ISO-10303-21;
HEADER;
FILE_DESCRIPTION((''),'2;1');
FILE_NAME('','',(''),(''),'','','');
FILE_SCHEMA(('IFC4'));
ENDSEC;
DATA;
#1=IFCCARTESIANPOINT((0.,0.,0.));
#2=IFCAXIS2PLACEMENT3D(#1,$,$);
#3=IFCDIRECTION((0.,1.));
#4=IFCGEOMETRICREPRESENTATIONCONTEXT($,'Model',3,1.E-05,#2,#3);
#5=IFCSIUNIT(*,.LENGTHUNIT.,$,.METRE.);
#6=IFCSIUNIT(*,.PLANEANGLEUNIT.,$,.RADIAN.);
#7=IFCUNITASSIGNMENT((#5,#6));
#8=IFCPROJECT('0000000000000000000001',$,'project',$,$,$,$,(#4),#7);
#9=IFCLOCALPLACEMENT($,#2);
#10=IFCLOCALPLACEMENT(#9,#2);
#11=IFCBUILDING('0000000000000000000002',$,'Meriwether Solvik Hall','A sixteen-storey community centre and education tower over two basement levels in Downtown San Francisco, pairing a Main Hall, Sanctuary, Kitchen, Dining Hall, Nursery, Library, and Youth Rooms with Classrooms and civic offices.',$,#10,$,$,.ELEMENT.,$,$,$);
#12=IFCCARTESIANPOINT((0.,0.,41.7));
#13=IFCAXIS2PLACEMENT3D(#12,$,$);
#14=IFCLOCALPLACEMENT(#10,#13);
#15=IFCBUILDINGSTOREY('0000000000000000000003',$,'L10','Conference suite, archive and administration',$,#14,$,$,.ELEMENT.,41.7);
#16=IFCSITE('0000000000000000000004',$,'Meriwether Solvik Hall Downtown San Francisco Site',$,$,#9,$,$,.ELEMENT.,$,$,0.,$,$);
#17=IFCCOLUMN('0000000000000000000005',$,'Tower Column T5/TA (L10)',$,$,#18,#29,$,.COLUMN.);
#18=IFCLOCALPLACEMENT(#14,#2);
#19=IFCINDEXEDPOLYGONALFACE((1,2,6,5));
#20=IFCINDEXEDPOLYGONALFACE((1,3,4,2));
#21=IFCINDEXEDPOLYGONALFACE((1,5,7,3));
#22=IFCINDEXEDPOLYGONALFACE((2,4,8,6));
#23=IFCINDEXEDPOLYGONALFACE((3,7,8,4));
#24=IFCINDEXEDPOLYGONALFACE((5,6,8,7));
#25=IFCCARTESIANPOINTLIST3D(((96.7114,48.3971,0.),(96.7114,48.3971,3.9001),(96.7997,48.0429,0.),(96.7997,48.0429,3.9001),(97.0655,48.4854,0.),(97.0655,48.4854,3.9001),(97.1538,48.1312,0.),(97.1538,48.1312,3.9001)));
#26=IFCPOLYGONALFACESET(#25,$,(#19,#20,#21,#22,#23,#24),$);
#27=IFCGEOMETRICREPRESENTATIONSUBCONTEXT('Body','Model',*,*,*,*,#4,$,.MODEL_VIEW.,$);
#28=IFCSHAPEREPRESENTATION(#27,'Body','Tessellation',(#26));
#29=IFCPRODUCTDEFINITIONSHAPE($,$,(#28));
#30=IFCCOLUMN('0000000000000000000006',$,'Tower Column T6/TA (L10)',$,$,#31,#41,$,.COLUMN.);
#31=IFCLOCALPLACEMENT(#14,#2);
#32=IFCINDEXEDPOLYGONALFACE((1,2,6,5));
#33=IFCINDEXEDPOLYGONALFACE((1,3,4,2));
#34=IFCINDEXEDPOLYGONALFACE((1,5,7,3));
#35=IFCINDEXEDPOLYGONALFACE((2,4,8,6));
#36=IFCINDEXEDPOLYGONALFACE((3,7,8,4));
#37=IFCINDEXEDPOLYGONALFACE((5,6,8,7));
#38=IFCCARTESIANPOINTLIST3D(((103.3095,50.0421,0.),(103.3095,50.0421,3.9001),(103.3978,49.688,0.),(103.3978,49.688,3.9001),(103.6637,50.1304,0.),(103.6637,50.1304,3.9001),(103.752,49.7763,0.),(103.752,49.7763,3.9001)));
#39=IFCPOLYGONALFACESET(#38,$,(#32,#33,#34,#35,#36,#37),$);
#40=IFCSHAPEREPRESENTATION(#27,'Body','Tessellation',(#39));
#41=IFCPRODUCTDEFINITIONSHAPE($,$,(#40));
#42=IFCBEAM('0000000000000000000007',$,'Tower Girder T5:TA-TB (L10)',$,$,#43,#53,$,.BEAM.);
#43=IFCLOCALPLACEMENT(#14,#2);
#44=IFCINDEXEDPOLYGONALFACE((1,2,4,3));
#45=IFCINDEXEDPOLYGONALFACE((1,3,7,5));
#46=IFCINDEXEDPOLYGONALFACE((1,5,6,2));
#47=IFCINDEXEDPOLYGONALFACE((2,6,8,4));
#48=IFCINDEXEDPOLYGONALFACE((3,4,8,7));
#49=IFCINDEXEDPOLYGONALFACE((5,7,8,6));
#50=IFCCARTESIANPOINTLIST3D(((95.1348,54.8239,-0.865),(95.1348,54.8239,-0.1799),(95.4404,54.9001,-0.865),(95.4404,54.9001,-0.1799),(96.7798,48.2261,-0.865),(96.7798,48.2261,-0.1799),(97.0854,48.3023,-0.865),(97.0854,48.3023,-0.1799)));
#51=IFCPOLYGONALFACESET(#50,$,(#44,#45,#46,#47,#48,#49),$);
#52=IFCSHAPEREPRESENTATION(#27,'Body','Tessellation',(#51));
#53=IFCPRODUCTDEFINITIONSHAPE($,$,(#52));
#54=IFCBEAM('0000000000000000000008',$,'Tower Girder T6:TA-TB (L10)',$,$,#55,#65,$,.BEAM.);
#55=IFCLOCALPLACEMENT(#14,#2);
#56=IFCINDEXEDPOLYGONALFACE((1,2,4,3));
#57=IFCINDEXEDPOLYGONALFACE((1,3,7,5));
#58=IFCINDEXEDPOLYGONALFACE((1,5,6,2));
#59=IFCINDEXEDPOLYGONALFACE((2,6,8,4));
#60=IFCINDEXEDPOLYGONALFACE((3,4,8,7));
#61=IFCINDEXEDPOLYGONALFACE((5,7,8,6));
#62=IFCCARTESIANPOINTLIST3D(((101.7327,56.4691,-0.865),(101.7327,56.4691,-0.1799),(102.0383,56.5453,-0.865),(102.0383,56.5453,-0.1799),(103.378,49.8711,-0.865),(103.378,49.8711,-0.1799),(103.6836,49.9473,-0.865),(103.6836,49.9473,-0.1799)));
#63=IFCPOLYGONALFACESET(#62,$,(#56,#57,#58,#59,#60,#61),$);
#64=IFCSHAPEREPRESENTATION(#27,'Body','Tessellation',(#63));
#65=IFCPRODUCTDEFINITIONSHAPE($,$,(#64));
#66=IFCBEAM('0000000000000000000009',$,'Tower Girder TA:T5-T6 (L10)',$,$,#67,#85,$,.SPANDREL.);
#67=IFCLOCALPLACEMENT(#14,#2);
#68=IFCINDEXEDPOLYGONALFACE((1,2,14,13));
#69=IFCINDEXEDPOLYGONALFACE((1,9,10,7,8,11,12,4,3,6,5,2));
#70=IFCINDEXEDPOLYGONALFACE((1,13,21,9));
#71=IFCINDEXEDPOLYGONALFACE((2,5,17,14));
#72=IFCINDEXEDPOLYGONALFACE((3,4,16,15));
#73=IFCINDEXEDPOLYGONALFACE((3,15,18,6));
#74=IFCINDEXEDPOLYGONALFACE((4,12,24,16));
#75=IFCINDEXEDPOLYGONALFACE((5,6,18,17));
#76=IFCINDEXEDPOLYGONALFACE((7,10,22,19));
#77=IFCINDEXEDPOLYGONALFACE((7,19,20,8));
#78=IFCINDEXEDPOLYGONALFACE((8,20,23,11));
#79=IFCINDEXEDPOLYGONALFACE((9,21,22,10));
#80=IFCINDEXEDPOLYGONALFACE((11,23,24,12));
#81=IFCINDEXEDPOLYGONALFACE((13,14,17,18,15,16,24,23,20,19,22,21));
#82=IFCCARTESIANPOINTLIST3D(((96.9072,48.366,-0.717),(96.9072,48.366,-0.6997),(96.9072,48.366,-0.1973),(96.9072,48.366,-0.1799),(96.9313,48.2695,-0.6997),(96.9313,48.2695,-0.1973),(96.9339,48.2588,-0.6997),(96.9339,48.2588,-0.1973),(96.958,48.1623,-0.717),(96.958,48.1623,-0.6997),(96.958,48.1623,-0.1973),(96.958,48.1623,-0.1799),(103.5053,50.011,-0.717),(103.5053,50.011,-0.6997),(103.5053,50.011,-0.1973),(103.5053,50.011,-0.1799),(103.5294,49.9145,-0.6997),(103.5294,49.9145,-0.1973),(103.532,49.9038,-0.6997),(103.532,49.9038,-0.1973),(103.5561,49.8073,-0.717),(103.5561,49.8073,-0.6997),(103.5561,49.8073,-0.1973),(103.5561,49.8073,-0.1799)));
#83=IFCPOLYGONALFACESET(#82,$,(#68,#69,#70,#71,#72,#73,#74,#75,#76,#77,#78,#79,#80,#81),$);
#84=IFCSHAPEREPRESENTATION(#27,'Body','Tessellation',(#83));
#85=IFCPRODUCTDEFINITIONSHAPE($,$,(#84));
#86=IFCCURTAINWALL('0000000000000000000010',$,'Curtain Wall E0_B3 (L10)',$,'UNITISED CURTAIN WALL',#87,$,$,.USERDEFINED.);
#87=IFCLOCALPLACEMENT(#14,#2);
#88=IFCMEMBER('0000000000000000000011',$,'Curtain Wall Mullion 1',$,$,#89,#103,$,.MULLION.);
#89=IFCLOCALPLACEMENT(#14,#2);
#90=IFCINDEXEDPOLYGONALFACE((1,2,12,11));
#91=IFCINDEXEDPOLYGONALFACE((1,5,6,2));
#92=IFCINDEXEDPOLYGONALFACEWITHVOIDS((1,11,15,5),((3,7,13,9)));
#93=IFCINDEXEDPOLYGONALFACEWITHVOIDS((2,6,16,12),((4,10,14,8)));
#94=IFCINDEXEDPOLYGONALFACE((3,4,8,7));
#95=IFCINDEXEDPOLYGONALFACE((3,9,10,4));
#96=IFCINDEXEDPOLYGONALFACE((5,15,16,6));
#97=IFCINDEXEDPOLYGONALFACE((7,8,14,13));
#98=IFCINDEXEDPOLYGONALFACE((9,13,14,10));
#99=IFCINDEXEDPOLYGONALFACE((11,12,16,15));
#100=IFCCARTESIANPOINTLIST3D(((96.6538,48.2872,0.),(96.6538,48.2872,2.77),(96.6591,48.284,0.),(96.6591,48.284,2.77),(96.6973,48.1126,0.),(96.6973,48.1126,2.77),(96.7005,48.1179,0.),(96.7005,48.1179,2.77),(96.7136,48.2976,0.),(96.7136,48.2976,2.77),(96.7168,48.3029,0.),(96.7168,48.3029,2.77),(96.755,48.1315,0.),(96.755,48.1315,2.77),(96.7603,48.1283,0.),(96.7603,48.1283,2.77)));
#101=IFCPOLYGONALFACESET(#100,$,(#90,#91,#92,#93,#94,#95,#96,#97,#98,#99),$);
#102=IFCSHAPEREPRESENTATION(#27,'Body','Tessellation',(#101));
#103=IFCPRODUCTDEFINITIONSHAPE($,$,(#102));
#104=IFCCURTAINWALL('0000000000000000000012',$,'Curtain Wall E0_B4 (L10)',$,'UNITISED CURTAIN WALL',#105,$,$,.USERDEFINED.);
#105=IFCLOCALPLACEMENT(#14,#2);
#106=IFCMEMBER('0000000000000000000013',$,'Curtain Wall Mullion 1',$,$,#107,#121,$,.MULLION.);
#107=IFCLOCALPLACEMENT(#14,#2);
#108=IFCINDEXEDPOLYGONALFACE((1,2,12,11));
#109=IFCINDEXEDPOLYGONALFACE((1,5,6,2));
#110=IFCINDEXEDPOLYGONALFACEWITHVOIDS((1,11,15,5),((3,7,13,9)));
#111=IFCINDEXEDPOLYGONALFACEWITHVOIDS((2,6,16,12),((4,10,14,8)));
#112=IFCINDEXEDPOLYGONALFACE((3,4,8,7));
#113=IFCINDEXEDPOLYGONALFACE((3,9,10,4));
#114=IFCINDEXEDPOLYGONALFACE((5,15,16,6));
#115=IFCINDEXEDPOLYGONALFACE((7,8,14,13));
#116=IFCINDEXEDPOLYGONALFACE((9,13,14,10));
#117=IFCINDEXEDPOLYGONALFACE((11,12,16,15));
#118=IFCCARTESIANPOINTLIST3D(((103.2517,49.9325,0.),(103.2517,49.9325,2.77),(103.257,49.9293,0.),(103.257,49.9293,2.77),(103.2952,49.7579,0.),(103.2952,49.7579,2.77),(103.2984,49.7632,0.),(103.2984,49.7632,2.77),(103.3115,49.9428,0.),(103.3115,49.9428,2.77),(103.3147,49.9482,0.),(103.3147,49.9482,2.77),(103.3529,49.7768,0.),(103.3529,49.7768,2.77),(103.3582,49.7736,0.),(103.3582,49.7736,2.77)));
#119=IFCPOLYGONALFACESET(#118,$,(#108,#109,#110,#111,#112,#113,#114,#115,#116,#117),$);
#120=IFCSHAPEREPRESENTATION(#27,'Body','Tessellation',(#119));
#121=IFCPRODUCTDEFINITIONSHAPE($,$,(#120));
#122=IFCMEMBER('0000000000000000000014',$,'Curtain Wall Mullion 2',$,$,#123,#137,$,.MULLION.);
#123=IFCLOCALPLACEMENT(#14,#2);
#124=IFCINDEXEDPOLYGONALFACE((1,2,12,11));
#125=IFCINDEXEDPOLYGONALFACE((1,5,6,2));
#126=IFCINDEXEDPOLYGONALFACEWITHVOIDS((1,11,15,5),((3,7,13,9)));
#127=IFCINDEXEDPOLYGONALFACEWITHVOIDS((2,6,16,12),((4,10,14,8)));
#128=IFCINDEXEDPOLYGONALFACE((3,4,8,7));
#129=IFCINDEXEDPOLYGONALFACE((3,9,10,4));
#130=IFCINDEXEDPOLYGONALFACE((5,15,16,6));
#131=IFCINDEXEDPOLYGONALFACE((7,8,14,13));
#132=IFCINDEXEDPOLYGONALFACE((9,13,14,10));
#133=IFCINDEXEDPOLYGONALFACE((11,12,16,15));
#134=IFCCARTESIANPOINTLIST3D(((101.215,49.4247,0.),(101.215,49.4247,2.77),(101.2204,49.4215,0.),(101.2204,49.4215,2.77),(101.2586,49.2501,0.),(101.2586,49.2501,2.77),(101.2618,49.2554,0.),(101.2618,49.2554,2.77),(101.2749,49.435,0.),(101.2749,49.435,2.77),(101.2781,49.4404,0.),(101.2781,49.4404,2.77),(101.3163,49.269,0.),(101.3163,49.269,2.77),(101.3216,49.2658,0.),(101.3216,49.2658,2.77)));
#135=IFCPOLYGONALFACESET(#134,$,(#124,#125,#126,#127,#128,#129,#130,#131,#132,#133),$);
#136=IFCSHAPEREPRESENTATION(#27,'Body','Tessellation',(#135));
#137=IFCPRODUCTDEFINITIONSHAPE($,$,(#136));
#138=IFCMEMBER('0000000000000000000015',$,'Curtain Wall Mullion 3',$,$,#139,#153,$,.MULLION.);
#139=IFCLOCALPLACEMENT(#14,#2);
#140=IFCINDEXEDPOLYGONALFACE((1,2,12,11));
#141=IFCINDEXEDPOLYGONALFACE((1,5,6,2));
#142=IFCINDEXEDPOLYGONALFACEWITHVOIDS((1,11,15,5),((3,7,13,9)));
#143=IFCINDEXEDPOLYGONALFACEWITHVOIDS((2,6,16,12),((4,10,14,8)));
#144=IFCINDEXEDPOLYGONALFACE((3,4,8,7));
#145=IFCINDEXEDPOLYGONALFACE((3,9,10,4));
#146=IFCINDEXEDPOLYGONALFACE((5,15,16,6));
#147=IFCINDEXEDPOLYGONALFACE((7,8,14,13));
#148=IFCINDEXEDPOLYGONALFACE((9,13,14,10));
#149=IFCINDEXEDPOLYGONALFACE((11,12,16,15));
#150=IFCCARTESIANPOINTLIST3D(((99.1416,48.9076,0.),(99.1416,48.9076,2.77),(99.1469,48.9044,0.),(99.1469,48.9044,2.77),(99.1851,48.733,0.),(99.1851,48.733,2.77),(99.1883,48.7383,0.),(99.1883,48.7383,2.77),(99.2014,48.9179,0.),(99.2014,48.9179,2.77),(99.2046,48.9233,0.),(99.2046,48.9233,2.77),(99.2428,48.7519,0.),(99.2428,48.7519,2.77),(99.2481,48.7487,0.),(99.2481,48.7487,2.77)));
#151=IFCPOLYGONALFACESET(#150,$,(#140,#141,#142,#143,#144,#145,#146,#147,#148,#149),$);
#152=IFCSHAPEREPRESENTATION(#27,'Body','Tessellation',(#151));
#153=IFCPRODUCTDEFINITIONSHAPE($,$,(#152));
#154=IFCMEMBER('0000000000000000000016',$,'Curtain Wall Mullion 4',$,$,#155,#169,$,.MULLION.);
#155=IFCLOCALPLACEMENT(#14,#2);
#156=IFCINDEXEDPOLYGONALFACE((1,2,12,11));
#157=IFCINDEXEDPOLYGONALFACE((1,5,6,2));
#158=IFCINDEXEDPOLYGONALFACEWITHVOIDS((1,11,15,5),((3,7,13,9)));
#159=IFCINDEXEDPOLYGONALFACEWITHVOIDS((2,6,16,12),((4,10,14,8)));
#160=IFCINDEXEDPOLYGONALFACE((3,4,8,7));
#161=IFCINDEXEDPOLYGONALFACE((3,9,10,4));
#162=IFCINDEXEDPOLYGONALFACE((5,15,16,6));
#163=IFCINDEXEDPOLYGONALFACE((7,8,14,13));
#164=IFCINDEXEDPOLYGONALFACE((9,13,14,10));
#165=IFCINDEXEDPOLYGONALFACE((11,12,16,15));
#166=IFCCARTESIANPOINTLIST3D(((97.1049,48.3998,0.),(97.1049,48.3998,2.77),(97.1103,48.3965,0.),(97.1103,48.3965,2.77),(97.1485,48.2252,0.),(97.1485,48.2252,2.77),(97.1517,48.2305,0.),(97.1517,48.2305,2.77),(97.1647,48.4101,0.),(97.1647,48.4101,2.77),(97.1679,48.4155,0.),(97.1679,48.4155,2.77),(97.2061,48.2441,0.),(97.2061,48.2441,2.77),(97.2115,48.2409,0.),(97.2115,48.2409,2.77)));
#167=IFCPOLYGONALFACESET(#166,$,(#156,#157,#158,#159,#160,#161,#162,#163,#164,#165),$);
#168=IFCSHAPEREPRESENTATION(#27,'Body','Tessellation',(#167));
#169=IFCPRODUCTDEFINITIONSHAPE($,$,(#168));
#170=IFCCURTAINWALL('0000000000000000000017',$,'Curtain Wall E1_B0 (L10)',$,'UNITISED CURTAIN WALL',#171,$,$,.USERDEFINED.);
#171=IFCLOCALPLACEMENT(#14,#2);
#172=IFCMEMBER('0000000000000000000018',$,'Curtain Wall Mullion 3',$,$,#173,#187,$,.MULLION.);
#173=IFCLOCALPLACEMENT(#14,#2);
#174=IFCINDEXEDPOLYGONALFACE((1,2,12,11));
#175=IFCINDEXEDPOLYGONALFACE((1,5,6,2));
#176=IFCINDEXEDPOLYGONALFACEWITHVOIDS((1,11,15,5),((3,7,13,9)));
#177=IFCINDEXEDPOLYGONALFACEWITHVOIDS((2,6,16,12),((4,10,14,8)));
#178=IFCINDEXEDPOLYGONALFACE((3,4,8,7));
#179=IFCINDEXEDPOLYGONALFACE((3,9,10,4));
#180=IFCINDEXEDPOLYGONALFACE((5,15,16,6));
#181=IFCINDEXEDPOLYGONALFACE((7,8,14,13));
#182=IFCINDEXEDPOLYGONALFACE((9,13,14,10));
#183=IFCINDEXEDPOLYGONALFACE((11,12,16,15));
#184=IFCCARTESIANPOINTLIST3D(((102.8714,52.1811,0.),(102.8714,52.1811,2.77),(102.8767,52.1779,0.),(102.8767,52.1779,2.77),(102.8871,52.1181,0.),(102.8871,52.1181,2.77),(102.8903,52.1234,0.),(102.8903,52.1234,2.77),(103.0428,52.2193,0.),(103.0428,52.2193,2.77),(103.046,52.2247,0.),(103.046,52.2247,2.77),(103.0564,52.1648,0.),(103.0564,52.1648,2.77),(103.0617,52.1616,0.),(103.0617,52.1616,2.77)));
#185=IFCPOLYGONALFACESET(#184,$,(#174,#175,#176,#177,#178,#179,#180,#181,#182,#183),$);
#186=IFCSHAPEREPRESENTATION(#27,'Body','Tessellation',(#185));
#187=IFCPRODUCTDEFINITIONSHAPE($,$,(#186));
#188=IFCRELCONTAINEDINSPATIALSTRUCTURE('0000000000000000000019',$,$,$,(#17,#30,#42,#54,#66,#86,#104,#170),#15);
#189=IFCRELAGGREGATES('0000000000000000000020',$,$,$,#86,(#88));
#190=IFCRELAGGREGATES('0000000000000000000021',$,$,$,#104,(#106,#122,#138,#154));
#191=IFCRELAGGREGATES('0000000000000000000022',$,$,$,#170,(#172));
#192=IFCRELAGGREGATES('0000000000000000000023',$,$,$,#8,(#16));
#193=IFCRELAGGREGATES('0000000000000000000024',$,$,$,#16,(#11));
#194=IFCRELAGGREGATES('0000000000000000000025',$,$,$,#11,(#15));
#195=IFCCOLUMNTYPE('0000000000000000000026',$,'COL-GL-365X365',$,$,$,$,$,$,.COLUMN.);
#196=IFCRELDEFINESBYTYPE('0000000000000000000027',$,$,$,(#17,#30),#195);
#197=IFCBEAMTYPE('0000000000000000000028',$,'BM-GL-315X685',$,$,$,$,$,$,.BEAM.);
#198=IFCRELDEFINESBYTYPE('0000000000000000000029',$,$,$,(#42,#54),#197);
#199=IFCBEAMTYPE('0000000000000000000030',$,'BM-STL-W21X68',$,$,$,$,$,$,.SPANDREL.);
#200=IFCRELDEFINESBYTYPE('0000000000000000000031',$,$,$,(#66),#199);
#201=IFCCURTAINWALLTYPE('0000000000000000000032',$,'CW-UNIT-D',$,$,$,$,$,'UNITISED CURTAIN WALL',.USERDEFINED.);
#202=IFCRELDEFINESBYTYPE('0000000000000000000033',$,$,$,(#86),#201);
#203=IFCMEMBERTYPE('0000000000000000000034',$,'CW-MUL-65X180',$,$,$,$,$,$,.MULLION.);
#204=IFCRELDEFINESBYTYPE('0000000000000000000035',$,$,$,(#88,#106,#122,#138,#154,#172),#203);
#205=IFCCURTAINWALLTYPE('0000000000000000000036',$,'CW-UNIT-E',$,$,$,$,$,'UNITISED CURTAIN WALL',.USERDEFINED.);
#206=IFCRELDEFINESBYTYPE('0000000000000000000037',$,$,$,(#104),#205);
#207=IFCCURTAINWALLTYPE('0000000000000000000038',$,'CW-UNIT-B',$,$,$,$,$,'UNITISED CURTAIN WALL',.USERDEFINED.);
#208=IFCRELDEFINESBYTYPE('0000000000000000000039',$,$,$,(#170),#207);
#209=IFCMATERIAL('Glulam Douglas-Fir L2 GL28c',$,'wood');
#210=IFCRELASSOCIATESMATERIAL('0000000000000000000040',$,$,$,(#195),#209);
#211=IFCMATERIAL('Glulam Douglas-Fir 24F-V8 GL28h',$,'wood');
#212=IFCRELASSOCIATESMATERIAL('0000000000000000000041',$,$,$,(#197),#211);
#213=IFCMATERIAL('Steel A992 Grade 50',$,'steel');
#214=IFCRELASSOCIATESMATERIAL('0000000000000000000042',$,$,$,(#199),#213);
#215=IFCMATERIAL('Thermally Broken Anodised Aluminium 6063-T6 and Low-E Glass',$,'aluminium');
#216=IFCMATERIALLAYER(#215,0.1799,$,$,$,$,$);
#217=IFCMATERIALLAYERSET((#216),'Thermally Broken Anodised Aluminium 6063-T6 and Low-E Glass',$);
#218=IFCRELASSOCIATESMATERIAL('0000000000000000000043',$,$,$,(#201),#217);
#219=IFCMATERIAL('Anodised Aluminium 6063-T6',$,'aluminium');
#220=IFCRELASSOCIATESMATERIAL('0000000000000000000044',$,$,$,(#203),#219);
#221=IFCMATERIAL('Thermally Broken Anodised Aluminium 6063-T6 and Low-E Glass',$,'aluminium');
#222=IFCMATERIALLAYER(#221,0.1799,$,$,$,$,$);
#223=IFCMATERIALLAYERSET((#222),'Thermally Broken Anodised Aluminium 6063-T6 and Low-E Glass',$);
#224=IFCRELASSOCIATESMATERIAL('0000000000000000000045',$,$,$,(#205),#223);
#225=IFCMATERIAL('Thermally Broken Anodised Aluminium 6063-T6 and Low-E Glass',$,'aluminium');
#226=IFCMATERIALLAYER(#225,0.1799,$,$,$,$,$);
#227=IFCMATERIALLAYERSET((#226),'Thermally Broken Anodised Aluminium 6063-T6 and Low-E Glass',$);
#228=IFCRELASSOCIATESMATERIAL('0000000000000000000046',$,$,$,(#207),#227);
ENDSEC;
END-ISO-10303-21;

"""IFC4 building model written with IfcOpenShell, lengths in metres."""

from ifc_helpers import new_model, si_unit, direction, frame, origin, origin_2d, place, context, subcontext, project, spatial, rectangle, hollow_rectangle, i_section, extrude, material, layer, layer_set, material_profile, profile_set, type_object, element, aggregate, save


model = new_model("IFC4")

# Units and contexts
model_context = context("Model", 3, precision=1e-05, world=origin(), true_north=direction((0.0, 1.0)))
body_context = subcontext(model_context, "Body", "Model", "MODEL_VIEW")
ifc_project = project(units=[si_unit("LENGTHUNIT", "METRE"), si_unit("PLANEANGLEUNIT", "RADIAN")], contexts=[model_context])

# Site, building, storey
site_placement = place(None, origin())
site = spatial("IfcSite", under=ifc_project, at=site_placement, Name="Meriwether Solvik Hall Downtown San Francisco Site", CompositionType="ELEMENT", RefElevation=0.0)
building_placement = place(site_placement, origin())
building = spatial("IfcBuilding", under=site, at=building_placement, Name="Meriwether Solvik Hall", Description="A sixteen-storey community centre and education tower over two basement levels in Downtown San Francisco, pairing a Main Hall, Sanctuary, Kitchen, Dining Hall, Nursery, Library, and Youth Rooms with Classrooms and civic offices.", CompositionType="ELEMENT")
storey_placement = place(building_placement, frame((0.0, 0.0, 41.7)))
storey = spatial("IfcBuildingStorey", under=building, at=storey_placement, Name="L10", Description="Conference suite, archive and administration", CompositionType="ELEMENT", Elevation=41.7)

# Columns
ifc_material_1 = material(Name="Glulam Douglas-Fir L2 GL28c", Category="wood")
ifc_material_profile_1 = material_profile(ifc_material_1, rectangle(XDim=0.365, YDim=0.365, at=origin_2d()), Name="GLC-365X365")
ifc_profile_set_1 = profile_set([ifc_material_profile_1], Name="Glulam Douglas-Fir L2 GL28c")
column_type = type_object("IfcColumnType", Name="COL-GL-365X365", PredefinedType="COLUMN", material=ifc_profile_set_1)
for number, where, z_axis, x_axis, name in (
    (1, (96.9326, 48.2642, 0.0), (0.0, 0.0, 1.0), (0.970296, 0.241922, 0.0), "Tower Column T5/TA (L10)"),
    (2, (103.5308, 49.9092, 0.0), (0.0, 0.0, 1.0), (0.970296, 0.241922, 0.0), "Tower Column T6/TA (L10)"),
):
    element("IfcColumn", number, at=place(storey_placement, frame(where, z_axis=z_axis, x_axis=x_axis)), inside=storey, type_object=column_type, Name=name, PredefinedType="COLUMN", context=body_context, shape_type="SweptSolid", body=[
        extrude(rectangle(XDim=0.365, YDim=0.365, at=origin_2d()), origin(), (0.0, 0.0, 1.0), 3.9001),
    ])

# Beams
ifc_material_2 = material(Name="Glulam Douglas-Fir 24F-V8 GL28h", Category="wood")
ifc_material_profile_2 = material_profile(ifc_material_2, rectangle(XDim=0.3149, YDim=0.6851, at=origin_2d()), Name="GLB-315X685")
ifc_profile_set_2 = profile_set([ifc_material_profile_2], Name="Glulam Douglas-Fir 24F-V8 GL28h")
beam_type_1 = type_object("IfcBeamType", Name="BM-GL-315X685", PredefinedType="BEAM", material=ifc_profile_set_2)
beam_1_placement = place(storey_placement, frame((96.9326, 48.2642, -0.5225), z_axis=(-0.241919, 0.970296, 0.0), x_axis=(-0.970296, -0.241919, 0.0)))
element("IfcBeam", 3, at=beam_1_placement, inside=storey, type_object=beam_type_1, Name="Tower Girder T5:TA-TB (L10)", PredefinedType="BEAM", context=body_context, shape_type="SweptSolid", body=[
    extrude(rectangle(XDim=0.3149, YDim=0.6851, at=origin_2d()), origin(), (0.0, 0.0, 1.0), 6.7998),
])
beam_2_placement = place(storey_placement, frame((103.5308, 49.9092, -0.5225), z_axis=(-0.241953, 0.970288, 0.0), x_axis=(-0.970288, -0.241953, 0.0)))
element("IfcBeam", 4, at=beam_2_placement, inside=storey, type_object=beam_type_1, Name="Tower Girder T6:TA-TB (L10)", PredefinedType="BEAM", context=body_context, shape_type="SweptSolid", body=[
    extrude(rectangle(XDim=0.3149, YDim=0.6851, at=origin_2d()), origin(), (0.0, 0.0, 1.0), 6.8),
])
ifc_material_3 = material(Name="Steel A992 Grade 50", Category="steel")
ifc_material_profile_3 = material_profile(ifc_material_3, i_section(OverallWidth=0.21, OverallDepth=0.5371, WebThickness=0.011, FlangeThickness=0.0173, at=origin_2d()), Name="W21X68")
ifc_profile_set_3 = profile_set([ifc_material_profile_3], Name="Steel A992 Grade 50")
beam_type_2 = type_object("IfcBeamType", Name="BM-STL-W21X68", PredefinedType="SPANDREL", material=ifc_profile_set_3)
beam_3_placement = place(storey_placement, frame((96.9326, 48.2642, -0.4485), z_axis=(0.970299, 0.24191, 0.0), x_axis=(-0.24191, 0.970299, 0.0)))
element("IfcBeam", 5, at=beam_3_placement, inside=storey, type_object=beam_type_2, Name="Tower Girder TA:T5-T6 (L10)", PredefinedType="SPANDREL", context=body_context, shape_type="SweptSolid", body=[
    extrude(i_section(OverallWidth=0.21, OverallDepth=0.5371, WebThickness=0.011, FlangeThickness=0.0173, at=origin_2d()), origin(), (0.0, 0.0, 1.0), 6.8),
])

# Curtain wall, member
ifc_material_4 = material(Name="Thermally Broken Anodised Aluminium 6063-T6 and Low-E Glass", Category="aluminium")
ifc_layer_1 = layer(ifc_material_4, 0.1799)
ifc_layer_set_1 = layer_set([ifc_layer_1], Name="Thermally Broken Anodised Aluminium 6063-T6 and Low-E Glass")
curtain_wall_type_1 = type_object("IfcCurtainWallType", Name="CW-UNIT-D", ElementType="UNITISED CURTAIN WALL", PredefinedType="USERDEFINED", material=ifc_layer_set_1)
curtain_wall_1_placement = place(storey_placement, origin())
curtain_wall_1 = element("IfcCurtainWall", 6, at=curtain_wall_1_placement, inside=storey, type_object=curtain_wall_type_1, Name="Curtain Wall E0_B3 (L10)", ObjectType="UNITISED CURTAIN WALL", PredefinedType="USERDEFINED")
ifc_material_5 = material(Name="Anodised Aluminium 6063-T6", Category="aluminium")
ifc_material_profile_4 = material_profile(ifc_material_5, hollow_rectangle(XDim=0.0649, YDim=0.1799, WallThickness=0.0044, at=origin_2d()), Name="CWM-65X180")
ifc_profile_set_4 = profile_set([ifc_material_profile_4], Name="Anodised Aluminium 6063-T6")
member_type_1 = type_object("IfcMemberType", Name="CW-MUL-65X180", PredefinedType="MULLION", material=ifc_profile_set_4)
member_1_placement = place(storey_placement, frame((96.707, 48.2078, 0.0), z_axis=(0.0, 0.0, 1.0), x_axis=(-0.970296, -0.241922, 0.0)))
member_1 = element("IfcMember", 7, at=member_1_placement, type_object=member_type_1, Name="Curtain Wall Mullion 1", PredefinedType="MULLION", context=body_context, shape_type="SweptSolid", body=[
    extrude(hollow_rectangle(XDim=0.0649, YDim=0.1799, WallThickness=0.0044, at=origin_2d()), origin(), (0.0, 0.0, 1.0), 2.77),
])

# Curtain walls, members
ifc_material_6 = material(Name="Thermally Broken Anodised Aluminium 6063-T6 and Low-E Glass", Category="aluminium")
ifc_layer_2 = layer(ifc_material_6, 0.1799)
ifc_layer_set_2 = layer_set([ifc_layer_2], Name="Thermally Broken Anodised Aluminium 6063-T6 and Low-E Glass")
curtain_wall_type_2 = type_object("IfcCurtainWallType", Name="CW-UNIT-E", ElementType="UNITISED CURTAIN WALL", PredefinedType="USERDEFINED", material=ifc_layer_set_2)
curtain_wall_2_placement = place(storey_placement, origin())
curtain_wall_2 = element("IfcCurtainWall", 8, at=curtain_wall_2_placement, inside=storey, type_object=curtain_wall_type_2, Name="Curtain Wall E0_B4 (L10)", ObjectType="UNITISED CURTAIN WALL", PredefinedType="USERDEFINED")
member_2_placement = place(storey_placement, frame((103.3049, 49.853, 0.0), z_axis=(0.0, 0.0, 1.0), x_axis=(-0.970296, -0.241922, 0.0)))
member_2 = element("IfcMember", 9, at=member_2_placement, type_object=member_type_1, Name="Curtain Wall Mullion 1", PredefinedType="MULLION", context=body_context, shape_type="SweptSolid", body=[
    extrude(hollow_rectangle(XDim=0.0649, YDim=0.1799, WallThickness=0.0044, at=origin_2d()), origin(), (0.0, 0.0, 1.0), 2.77),
])
member_3_placement = place(storey_placement, frame((101.2683, 49.3452, 0.0), z_axis=(0.0, 0.0, 1.0), x_axis=(-0.970296, -0.241922, 0.0)))
member_3 = element("IfcMember", 10, at=member_3_placement, type_object=member_type_1, Name="Curtain Wall Mullion 2", PredefinedType="MULLION", context=body_context, shape_type="SweptSolid", body=[
    extrude(hollow_rectangle(XDim=0.0649, YDim=0.1799, WallThickness=0.0044, at=origin_2d()), origin(), (0.0, 0.0, 1.0), 2.77),
])
member_4_placement = place(storey_placement, frame((99.1948, 48.8281, 0.0), z_axis=(0.0, 0.0, 1.0), x_axis=(-0.970296, -0.241922, 0.0)))
member_4 = element("IfcMember", 11, at=member_4_placement, type_object=member_type_1, Name="Curtain Wall Mullion 3", PredefinedType="MULLION", context=body_context, shape_type="SweptSolid", body=[
    extrude(hollow_rectangle(XDim=0.0649, YDim=0.1799, WallThickness=0.0044, at=origin_2d()), origin(), (0.0, 0.0, 1.0), 2.77),
])
member_5_placement = place(storey_placement, frame((97.1582, 48.3203, 0.0), z_axis=(0.0, 0.0, 1.0), x_axis=(-0.970296, -0.241922, 0.0)))
member_5 = element("IfcMember", 12, at=member_5_placement, type_object=member_type_1, Name="Curtain Wall Mullion 4", PredefinedType="MULLION", context=body_context, shape_type="SweptSolid", body=[
    extrude(hollow_rectangle(XDim=0.0649, YDim=0.1799, WallThickness=0.0044, at=origin_2d()), origin(), (0.0, 0.0, 1.0), 2.77),
])
ifc_material_7 = material(Name="Thermally Broken Anodised Aluminium 6063-T6 and Low-E Glass", Category="aluminium")
ifc_layer_3 = layer(ifc_material_7, 0.1799)
ifc_layer_set_3 = layer_set([ifc_layer_3], Name="Thermally Broken Anodised Aluminium 6063-T6 and Low-E Glass")
curtain_wall_type_3 = type_object("IfcCurtainWallType", Name="CW-UNIT-B", ElementType="UNITISED CURTAIN WALL", PredefinedType="USERDEFINED", material=ifc_layer_set_3)
curtain_wall_3_placement = place(storey_placement, origin())
curtain_wall_3 = element("IfcCurtainWall", 13, at=curtain_wall_3_placement, inside=storey, type_object=curtain_wall_type_3, Name="Curtain Wall E1_B0 (L10)", ObjectType="UNITISED CURTAIN WALL", PredefinedType="USERDEFINED")
member_6_placement = place(storey_placement, frame((102.9666, 52.1714, 0.0), z_axis=(0.0, 0.0, 1.0), x_axis=(0.241922, -0.970296, 0.0)))
member_6 = element("IfcMember", 14, at=member_6_placement, type_object=member_type_1, Name="Curtain Wall Mullion 3", PredefinedType="MULLION", context=body_context, shape_type="SweptSolid", body=[
    extrude(hollow_rectangle(XDim=0.0649, YDim=0.1799, WallThickness=0.0044, at=origin_2d()), origin(), (0.0, 0.0, 1.0), 2.77),
])

aggregate(curtain_wall_1, [member_1])
aggregate(curtain_wall_2, [member_2, member_3, member_4, member_5])
aggregate(curtain_wall_3, [member_6])

save(model, "model.ifc")
